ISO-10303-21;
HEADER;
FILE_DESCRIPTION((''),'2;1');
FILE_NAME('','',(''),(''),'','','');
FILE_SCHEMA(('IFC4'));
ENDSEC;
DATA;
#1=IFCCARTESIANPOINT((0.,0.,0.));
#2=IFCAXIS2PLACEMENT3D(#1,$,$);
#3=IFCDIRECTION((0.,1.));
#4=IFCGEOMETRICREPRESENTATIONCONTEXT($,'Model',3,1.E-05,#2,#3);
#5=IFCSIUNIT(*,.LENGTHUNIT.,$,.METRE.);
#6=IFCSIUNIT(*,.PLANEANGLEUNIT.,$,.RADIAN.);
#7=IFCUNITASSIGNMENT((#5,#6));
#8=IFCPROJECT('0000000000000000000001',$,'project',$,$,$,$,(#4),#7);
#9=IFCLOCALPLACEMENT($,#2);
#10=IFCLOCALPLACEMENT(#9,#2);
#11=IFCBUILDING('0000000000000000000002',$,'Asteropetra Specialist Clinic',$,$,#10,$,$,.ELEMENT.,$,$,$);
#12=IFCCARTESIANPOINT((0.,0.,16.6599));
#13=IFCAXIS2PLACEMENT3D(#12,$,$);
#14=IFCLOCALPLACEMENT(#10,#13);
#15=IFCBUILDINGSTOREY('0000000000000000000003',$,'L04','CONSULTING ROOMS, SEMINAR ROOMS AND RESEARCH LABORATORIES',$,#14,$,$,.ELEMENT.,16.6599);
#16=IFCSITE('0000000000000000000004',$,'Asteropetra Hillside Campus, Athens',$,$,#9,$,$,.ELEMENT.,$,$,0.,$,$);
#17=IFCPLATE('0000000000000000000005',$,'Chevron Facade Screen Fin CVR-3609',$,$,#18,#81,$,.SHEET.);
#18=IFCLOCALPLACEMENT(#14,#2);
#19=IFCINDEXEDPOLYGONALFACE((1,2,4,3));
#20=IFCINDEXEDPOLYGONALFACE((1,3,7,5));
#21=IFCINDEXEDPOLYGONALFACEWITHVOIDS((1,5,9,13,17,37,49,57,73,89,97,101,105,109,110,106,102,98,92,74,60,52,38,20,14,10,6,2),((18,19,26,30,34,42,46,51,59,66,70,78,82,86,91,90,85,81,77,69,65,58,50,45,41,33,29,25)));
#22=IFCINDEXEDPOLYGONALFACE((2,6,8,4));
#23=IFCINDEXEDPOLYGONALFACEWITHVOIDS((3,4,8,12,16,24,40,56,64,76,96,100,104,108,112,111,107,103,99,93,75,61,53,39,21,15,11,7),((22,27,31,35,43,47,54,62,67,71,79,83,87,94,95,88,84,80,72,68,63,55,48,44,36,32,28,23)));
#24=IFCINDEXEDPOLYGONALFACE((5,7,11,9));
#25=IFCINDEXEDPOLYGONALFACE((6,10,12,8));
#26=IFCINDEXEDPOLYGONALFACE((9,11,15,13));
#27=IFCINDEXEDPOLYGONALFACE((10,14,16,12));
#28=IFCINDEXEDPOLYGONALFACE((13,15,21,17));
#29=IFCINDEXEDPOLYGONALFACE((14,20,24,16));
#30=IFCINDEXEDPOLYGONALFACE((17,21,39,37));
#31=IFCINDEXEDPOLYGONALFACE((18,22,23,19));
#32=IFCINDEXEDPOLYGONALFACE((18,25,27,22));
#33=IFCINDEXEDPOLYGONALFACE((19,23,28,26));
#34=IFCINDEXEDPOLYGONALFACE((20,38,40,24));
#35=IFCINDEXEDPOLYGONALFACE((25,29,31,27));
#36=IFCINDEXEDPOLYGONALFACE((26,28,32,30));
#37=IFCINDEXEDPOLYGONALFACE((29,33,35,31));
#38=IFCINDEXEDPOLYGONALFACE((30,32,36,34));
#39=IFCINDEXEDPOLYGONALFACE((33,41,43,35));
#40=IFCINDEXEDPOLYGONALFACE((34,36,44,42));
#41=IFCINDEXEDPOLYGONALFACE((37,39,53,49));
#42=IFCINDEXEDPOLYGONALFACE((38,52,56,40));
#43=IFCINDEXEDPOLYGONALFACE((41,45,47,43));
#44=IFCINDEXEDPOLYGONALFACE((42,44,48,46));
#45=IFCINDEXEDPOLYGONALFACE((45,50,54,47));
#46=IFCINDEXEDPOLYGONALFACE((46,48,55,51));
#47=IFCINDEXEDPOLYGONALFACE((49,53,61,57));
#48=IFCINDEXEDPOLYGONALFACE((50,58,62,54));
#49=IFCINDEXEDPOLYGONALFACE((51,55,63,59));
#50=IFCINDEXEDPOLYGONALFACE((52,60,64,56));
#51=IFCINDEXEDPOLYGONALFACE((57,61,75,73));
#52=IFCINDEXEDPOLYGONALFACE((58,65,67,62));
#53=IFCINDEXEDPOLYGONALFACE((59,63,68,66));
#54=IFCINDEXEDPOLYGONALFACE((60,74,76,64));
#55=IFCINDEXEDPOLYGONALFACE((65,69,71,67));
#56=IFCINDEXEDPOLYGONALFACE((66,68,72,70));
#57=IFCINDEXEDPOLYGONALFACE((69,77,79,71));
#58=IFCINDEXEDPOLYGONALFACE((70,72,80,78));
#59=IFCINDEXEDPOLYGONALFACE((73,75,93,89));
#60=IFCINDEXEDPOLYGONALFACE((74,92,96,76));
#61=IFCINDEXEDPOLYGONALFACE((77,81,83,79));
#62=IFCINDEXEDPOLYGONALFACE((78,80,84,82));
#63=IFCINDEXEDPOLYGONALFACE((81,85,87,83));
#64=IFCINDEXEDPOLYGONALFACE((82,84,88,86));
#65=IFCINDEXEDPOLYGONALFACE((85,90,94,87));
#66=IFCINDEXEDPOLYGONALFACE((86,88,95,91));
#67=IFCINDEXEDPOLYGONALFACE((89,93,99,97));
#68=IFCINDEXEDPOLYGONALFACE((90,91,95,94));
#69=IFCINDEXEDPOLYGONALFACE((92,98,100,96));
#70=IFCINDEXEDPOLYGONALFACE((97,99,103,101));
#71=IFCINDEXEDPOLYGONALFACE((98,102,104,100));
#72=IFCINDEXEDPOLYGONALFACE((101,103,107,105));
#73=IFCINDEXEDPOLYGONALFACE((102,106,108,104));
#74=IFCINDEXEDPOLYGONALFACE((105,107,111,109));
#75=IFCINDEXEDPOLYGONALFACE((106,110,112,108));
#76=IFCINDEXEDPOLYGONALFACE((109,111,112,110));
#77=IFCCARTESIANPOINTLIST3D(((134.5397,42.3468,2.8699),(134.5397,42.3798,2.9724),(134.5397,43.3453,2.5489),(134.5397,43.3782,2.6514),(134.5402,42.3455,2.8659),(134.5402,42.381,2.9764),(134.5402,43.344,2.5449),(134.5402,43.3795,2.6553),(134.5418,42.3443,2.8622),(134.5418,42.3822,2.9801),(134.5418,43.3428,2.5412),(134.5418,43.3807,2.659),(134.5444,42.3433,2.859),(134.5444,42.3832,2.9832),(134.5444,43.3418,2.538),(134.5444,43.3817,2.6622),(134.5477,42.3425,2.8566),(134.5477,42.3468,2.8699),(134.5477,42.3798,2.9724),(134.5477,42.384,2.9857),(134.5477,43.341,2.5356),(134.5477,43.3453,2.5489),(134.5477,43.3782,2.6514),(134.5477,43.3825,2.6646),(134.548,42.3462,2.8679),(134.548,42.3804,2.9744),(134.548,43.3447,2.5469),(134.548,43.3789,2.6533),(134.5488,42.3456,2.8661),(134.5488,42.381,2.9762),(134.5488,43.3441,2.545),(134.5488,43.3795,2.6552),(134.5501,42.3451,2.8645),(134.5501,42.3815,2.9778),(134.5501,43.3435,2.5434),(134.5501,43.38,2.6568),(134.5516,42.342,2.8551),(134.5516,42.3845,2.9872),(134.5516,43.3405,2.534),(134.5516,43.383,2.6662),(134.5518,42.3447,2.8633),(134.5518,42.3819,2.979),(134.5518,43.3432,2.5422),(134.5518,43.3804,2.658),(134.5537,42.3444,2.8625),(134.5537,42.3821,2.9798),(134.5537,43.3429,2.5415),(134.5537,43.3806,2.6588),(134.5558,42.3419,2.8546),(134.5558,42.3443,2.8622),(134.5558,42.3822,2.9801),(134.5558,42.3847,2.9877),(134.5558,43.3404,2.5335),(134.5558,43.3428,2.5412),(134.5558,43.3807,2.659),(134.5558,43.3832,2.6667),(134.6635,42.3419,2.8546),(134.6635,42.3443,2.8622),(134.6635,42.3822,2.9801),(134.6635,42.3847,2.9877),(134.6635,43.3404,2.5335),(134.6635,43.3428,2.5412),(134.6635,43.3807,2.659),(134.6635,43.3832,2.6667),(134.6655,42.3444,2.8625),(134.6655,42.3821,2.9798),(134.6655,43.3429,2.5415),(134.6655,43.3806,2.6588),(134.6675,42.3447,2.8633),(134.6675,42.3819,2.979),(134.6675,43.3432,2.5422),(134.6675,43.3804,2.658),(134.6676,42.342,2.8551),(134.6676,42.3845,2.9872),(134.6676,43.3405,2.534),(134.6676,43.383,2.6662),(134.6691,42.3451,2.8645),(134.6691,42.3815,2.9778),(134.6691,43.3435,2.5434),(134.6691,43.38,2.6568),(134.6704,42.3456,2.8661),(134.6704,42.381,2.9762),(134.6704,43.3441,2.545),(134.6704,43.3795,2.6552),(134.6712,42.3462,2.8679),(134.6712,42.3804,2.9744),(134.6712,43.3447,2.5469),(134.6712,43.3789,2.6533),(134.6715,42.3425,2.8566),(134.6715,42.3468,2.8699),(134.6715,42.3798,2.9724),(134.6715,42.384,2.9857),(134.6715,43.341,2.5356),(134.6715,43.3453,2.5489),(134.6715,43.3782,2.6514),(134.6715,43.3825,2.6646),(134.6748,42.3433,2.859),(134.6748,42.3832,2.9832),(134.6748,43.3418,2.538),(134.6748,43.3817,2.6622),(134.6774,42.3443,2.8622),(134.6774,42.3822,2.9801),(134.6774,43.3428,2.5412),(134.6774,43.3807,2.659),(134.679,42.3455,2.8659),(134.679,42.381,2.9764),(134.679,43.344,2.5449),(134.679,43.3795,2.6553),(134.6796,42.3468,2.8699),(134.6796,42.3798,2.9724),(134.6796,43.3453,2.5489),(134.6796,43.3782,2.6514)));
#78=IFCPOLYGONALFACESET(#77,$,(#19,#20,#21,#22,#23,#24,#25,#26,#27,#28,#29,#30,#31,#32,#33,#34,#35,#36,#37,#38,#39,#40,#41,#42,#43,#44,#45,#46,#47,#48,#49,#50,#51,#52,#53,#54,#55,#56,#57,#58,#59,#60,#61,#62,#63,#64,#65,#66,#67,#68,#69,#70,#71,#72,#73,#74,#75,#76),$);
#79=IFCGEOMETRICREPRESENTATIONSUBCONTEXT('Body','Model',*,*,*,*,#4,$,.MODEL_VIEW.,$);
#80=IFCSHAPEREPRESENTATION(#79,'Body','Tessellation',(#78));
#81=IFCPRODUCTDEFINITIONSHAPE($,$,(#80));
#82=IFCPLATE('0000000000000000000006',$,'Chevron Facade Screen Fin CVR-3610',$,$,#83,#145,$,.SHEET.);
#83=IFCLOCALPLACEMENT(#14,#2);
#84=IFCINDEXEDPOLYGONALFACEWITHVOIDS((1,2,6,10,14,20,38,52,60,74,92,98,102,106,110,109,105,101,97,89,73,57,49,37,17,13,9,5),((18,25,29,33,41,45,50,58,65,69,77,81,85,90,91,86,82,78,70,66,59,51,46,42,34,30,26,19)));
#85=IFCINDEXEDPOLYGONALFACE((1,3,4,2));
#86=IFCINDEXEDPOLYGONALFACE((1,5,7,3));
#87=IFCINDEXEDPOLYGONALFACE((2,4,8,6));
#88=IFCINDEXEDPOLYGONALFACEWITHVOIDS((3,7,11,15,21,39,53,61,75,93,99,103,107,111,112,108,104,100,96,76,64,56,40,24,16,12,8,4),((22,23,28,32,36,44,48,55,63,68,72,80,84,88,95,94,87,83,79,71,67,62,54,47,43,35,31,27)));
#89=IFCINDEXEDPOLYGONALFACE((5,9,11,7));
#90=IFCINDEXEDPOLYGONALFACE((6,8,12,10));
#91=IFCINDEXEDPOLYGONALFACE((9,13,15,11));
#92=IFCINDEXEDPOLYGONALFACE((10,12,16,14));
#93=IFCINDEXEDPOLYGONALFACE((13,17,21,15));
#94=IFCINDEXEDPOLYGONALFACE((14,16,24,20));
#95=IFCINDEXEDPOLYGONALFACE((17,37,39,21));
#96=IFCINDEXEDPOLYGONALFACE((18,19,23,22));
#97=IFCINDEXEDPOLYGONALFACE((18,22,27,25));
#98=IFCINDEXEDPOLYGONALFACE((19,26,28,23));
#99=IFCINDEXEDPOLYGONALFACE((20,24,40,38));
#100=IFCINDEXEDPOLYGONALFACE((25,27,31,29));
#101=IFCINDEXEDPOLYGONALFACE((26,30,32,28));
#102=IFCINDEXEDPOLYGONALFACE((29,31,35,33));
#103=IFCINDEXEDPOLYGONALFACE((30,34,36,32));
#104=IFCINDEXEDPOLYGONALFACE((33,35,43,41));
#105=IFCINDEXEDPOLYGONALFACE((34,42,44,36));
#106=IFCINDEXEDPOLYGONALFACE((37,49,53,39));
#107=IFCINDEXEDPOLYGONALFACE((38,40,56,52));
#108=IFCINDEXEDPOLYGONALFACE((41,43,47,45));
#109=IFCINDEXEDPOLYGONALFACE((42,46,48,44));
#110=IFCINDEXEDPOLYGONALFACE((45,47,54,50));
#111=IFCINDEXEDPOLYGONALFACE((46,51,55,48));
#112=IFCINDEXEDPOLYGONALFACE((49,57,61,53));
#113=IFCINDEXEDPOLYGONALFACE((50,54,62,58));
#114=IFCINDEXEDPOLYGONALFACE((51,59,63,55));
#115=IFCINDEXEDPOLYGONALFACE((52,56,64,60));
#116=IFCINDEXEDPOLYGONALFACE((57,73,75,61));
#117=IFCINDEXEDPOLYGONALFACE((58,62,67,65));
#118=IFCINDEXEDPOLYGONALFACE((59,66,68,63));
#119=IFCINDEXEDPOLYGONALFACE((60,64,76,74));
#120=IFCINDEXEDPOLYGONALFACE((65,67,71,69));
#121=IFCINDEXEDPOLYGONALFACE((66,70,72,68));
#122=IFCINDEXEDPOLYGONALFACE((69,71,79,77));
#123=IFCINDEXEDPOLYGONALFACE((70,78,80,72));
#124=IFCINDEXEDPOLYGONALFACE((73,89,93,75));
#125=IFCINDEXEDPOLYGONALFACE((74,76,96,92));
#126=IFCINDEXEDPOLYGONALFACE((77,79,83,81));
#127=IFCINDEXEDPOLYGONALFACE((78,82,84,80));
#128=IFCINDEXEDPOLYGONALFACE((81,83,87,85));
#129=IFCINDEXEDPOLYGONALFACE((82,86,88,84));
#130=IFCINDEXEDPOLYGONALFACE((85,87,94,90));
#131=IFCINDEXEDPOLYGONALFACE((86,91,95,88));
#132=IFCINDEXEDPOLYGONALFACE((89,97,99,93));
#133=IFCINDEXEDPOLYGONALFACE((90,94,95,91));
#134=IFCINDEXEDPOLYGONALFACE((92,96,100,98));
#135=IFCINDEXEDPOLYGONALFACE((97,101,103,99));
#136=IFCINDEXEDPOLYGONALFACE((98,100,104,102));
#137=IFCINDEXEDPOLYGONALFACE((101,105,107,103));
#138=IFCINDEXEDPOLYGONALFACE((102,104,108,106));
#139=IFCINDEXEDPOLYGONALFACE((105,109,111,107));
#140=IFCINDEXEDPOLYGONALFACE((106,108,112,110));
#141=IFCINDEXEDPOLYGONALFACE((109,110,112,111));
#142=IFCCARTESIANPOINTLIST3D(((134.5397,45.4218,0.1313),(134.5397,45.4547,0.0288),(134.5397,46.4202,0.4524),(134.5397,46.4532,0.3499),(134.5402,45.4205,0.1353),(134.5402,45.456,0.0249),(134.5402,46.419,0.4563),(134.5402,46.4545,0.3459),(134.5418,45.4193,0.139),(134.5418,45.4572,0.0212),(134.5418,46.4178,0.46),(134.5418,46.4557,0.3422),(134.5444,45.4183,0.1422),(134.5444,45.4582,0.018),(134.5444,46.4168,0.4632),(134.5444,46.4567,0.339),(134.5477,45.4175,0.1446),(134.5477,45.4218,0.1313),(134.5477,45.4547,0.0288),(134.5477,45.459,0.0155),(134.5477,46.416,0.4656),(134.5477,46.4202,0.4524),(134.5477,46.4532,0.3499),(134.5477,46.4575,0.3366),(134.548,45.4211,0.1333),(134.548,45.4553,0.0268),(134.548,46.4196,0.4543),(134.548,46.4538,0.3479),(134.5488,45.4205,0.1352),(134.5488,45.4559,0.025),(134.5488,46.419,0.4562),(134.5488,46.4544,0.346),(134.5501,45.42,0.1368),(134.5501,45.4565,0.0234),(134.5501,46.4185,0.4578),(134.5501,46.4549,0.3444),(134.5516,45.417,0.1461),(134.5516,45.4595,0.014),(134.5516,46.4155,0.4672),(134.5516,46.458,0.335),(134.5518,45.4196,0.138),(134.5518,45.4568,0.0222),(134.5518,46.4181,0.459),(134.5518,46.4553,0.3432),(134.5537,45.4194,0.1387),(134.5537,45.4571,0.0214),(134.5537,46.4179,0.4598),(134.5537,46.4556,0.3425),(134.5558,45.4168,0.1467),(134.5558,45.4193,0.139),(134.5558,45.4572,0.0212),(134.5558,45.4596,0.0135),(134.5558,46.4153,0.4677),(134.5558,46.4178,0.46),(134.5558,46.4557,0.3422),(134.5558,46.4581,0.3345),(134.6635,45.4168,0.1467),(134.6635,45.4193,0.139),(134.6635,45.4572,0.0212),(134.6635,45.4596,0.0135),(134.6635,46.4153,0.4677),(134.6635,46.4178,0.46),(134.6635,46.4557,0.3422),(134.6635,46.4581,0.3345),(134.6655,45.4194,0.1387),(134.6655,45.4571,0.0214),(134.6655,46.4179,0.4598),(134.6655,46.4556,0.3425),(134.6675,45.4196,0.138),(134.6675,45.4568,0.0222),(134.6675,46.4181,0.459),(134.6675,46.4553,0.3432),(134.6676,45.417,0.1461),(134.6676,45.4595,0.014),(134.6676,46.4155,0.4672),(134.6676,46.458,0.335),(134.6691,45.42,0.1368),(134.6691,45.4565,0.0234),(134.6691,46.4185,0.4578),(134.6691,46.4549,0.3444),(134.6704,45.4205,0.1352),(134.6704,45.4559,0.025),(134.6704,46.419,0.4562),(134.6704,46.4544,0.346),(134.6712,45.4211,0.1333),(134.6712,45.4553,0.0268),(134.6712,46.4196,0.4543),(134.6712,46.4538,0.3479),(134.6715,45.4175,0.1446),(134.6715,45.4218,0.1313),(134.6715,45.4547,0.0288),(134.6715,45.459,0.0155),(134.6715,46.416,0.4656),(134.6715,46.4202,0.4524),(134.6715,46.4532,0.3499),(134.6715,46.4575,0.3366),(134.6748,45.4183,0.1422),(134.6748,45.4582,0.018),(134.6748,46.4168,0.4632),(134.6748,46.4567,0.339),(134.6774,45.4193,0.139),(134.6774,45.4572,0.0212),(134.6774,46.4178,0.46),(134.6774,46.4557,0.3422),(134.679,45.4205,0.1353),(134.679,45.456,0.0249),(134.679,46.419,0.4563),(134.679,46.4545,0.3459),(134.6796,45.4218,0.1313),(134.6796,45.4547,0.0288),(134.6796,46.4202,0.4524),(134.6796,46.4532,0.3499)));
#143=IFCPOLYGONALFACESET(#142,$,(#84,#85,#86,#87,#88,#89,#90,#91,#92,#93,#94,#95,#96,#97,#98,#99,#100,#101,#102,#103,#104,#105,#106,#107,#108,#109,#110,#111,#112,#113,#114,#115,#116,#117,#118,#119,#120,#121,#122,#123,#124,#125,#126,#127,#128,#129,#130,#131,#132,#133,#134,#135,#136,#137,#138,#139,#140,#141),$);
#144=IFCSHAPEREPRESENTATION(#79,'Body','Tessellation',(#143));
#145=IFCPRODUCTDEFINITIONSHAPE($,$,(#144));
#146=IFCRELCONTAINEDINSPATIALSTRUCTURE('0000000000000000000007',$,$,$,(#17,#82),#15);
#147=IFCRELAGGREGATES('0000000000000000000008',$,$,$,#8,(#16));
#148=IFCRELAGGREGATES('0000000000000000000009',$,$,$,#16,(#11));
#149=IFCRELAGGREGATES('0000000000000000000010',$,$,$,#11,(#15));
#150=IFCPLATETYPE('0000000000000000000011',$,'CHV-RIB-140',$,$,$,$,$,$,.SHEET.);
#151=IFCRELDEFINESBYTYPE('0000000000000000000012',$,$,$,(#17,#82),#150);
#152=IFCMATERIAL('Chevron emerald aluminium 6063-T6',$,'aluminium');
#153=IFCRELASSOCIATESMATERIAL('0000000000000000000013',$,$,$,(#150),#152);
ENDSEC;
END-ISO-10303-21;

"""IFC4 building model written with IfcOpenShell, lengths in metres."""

from ifc_helpers import new_model, si_unit, direction, frame, origin, origin_2d, place, context, subcontext, project, spatial, hollow_rectangle, extrude, material, material_profile, profile_set, type_object, element, save


model = new_model("IFC4")

# Units and contexts
model_context = context("Model", 3, precision=1e-05, world=origin(), true_north=direction((0.0, 1.0)))
body_context = subcontext(model_context, "Body", "Model", "MODEL_VIEW")
ifc_project = project(units=[si_unit("LENGTHUNIT", "METRE"), si_unit("PLANEANGLEUNIT", "RADIAN")], contexts=[model_context])

# Site, building, storey
site_placement = place(None, origin())
site = spatial("IfcSite", under=ifc_project, at=site_placement, Name="Asteropetra Hillside Campus, Athens", CompositionType="ELEMENT", RefElevation=0.0)
building_placement = place(site_placement, origin())
building = spatial("IfcBuilding", under=site, at=building_placement, Name="Asteropetra Specialist Clinic", CompositionType="ELEMENT")
storey_placement = place(building_placement, frame((0.0, 0.0, 16.6599)))
storey = spatial("IfcBuildingStorey", under=building, at=storey_placement, Name="L04", Description="CONSULTING ROOMS, SEMINAR ROOMS AND RESEARCH LABORATORIES", CompositionType="ELEMENT", Elevation=16.6599)

# Plates
ifc_material_1 = material(Name="Chevron emerald aluminium 6063-T6", Category="aluminium")
ifc_material_profile_1 = material_profile(ifc_material_1, hollow_rectangle(XDim=0.1399, YDim=0.1399, WallThickness=0.0081, InnerFilletRadius=0.0081, OuterFilletRadius=0.0161, at=origin_2d()), Name="SHS 140x140x8.0")
ifc_profile_set_1 = profile_set([ifc_material_profile_1], Name="Chevron emerald aluminium 6063-T6")
plate_type = type_object("IfcPlateType", Name="CHV-RIB-140", PredefinedType="SHEET", material=ifc_profile_set_1)
for number, where, z_axis, x_axis, name in (
    (1, (134.6096, 42.3633, 2.9211), (0.0, 0.952004, -0.306085), (-1.0, 0.0, 0.0), "Chevron Facade Screen Fin CVR-3609"),
    (2, (134.6096, 45.4382, 0.0801), (0.0, 0.952004, 0.306085), (-1.0, 0.0, 0.0), "Chevron Facade Screen Fin CVR-3610"),
):
    element("IfcPlate", number, at=place(storey_placement, frame(where, z_axis=z_axis, x_axis=x_axis)), inside=storey, type_object=plate_type, Name=name, PredefinedType="SHEET", context=body_context, shape_type="SweptSolid", body=[
        extrude(hollow_rectangle(XDim=0.1399, YDim=0.1399, WallThickness=0.0081, InnerFilletRadius=0.0081, OuterFilletRadius=0.0161, at=origin_2d()), origin(), (0.0, 0.0, 1.0), 1.0488),
    ])

save(model, "model.ifc")
